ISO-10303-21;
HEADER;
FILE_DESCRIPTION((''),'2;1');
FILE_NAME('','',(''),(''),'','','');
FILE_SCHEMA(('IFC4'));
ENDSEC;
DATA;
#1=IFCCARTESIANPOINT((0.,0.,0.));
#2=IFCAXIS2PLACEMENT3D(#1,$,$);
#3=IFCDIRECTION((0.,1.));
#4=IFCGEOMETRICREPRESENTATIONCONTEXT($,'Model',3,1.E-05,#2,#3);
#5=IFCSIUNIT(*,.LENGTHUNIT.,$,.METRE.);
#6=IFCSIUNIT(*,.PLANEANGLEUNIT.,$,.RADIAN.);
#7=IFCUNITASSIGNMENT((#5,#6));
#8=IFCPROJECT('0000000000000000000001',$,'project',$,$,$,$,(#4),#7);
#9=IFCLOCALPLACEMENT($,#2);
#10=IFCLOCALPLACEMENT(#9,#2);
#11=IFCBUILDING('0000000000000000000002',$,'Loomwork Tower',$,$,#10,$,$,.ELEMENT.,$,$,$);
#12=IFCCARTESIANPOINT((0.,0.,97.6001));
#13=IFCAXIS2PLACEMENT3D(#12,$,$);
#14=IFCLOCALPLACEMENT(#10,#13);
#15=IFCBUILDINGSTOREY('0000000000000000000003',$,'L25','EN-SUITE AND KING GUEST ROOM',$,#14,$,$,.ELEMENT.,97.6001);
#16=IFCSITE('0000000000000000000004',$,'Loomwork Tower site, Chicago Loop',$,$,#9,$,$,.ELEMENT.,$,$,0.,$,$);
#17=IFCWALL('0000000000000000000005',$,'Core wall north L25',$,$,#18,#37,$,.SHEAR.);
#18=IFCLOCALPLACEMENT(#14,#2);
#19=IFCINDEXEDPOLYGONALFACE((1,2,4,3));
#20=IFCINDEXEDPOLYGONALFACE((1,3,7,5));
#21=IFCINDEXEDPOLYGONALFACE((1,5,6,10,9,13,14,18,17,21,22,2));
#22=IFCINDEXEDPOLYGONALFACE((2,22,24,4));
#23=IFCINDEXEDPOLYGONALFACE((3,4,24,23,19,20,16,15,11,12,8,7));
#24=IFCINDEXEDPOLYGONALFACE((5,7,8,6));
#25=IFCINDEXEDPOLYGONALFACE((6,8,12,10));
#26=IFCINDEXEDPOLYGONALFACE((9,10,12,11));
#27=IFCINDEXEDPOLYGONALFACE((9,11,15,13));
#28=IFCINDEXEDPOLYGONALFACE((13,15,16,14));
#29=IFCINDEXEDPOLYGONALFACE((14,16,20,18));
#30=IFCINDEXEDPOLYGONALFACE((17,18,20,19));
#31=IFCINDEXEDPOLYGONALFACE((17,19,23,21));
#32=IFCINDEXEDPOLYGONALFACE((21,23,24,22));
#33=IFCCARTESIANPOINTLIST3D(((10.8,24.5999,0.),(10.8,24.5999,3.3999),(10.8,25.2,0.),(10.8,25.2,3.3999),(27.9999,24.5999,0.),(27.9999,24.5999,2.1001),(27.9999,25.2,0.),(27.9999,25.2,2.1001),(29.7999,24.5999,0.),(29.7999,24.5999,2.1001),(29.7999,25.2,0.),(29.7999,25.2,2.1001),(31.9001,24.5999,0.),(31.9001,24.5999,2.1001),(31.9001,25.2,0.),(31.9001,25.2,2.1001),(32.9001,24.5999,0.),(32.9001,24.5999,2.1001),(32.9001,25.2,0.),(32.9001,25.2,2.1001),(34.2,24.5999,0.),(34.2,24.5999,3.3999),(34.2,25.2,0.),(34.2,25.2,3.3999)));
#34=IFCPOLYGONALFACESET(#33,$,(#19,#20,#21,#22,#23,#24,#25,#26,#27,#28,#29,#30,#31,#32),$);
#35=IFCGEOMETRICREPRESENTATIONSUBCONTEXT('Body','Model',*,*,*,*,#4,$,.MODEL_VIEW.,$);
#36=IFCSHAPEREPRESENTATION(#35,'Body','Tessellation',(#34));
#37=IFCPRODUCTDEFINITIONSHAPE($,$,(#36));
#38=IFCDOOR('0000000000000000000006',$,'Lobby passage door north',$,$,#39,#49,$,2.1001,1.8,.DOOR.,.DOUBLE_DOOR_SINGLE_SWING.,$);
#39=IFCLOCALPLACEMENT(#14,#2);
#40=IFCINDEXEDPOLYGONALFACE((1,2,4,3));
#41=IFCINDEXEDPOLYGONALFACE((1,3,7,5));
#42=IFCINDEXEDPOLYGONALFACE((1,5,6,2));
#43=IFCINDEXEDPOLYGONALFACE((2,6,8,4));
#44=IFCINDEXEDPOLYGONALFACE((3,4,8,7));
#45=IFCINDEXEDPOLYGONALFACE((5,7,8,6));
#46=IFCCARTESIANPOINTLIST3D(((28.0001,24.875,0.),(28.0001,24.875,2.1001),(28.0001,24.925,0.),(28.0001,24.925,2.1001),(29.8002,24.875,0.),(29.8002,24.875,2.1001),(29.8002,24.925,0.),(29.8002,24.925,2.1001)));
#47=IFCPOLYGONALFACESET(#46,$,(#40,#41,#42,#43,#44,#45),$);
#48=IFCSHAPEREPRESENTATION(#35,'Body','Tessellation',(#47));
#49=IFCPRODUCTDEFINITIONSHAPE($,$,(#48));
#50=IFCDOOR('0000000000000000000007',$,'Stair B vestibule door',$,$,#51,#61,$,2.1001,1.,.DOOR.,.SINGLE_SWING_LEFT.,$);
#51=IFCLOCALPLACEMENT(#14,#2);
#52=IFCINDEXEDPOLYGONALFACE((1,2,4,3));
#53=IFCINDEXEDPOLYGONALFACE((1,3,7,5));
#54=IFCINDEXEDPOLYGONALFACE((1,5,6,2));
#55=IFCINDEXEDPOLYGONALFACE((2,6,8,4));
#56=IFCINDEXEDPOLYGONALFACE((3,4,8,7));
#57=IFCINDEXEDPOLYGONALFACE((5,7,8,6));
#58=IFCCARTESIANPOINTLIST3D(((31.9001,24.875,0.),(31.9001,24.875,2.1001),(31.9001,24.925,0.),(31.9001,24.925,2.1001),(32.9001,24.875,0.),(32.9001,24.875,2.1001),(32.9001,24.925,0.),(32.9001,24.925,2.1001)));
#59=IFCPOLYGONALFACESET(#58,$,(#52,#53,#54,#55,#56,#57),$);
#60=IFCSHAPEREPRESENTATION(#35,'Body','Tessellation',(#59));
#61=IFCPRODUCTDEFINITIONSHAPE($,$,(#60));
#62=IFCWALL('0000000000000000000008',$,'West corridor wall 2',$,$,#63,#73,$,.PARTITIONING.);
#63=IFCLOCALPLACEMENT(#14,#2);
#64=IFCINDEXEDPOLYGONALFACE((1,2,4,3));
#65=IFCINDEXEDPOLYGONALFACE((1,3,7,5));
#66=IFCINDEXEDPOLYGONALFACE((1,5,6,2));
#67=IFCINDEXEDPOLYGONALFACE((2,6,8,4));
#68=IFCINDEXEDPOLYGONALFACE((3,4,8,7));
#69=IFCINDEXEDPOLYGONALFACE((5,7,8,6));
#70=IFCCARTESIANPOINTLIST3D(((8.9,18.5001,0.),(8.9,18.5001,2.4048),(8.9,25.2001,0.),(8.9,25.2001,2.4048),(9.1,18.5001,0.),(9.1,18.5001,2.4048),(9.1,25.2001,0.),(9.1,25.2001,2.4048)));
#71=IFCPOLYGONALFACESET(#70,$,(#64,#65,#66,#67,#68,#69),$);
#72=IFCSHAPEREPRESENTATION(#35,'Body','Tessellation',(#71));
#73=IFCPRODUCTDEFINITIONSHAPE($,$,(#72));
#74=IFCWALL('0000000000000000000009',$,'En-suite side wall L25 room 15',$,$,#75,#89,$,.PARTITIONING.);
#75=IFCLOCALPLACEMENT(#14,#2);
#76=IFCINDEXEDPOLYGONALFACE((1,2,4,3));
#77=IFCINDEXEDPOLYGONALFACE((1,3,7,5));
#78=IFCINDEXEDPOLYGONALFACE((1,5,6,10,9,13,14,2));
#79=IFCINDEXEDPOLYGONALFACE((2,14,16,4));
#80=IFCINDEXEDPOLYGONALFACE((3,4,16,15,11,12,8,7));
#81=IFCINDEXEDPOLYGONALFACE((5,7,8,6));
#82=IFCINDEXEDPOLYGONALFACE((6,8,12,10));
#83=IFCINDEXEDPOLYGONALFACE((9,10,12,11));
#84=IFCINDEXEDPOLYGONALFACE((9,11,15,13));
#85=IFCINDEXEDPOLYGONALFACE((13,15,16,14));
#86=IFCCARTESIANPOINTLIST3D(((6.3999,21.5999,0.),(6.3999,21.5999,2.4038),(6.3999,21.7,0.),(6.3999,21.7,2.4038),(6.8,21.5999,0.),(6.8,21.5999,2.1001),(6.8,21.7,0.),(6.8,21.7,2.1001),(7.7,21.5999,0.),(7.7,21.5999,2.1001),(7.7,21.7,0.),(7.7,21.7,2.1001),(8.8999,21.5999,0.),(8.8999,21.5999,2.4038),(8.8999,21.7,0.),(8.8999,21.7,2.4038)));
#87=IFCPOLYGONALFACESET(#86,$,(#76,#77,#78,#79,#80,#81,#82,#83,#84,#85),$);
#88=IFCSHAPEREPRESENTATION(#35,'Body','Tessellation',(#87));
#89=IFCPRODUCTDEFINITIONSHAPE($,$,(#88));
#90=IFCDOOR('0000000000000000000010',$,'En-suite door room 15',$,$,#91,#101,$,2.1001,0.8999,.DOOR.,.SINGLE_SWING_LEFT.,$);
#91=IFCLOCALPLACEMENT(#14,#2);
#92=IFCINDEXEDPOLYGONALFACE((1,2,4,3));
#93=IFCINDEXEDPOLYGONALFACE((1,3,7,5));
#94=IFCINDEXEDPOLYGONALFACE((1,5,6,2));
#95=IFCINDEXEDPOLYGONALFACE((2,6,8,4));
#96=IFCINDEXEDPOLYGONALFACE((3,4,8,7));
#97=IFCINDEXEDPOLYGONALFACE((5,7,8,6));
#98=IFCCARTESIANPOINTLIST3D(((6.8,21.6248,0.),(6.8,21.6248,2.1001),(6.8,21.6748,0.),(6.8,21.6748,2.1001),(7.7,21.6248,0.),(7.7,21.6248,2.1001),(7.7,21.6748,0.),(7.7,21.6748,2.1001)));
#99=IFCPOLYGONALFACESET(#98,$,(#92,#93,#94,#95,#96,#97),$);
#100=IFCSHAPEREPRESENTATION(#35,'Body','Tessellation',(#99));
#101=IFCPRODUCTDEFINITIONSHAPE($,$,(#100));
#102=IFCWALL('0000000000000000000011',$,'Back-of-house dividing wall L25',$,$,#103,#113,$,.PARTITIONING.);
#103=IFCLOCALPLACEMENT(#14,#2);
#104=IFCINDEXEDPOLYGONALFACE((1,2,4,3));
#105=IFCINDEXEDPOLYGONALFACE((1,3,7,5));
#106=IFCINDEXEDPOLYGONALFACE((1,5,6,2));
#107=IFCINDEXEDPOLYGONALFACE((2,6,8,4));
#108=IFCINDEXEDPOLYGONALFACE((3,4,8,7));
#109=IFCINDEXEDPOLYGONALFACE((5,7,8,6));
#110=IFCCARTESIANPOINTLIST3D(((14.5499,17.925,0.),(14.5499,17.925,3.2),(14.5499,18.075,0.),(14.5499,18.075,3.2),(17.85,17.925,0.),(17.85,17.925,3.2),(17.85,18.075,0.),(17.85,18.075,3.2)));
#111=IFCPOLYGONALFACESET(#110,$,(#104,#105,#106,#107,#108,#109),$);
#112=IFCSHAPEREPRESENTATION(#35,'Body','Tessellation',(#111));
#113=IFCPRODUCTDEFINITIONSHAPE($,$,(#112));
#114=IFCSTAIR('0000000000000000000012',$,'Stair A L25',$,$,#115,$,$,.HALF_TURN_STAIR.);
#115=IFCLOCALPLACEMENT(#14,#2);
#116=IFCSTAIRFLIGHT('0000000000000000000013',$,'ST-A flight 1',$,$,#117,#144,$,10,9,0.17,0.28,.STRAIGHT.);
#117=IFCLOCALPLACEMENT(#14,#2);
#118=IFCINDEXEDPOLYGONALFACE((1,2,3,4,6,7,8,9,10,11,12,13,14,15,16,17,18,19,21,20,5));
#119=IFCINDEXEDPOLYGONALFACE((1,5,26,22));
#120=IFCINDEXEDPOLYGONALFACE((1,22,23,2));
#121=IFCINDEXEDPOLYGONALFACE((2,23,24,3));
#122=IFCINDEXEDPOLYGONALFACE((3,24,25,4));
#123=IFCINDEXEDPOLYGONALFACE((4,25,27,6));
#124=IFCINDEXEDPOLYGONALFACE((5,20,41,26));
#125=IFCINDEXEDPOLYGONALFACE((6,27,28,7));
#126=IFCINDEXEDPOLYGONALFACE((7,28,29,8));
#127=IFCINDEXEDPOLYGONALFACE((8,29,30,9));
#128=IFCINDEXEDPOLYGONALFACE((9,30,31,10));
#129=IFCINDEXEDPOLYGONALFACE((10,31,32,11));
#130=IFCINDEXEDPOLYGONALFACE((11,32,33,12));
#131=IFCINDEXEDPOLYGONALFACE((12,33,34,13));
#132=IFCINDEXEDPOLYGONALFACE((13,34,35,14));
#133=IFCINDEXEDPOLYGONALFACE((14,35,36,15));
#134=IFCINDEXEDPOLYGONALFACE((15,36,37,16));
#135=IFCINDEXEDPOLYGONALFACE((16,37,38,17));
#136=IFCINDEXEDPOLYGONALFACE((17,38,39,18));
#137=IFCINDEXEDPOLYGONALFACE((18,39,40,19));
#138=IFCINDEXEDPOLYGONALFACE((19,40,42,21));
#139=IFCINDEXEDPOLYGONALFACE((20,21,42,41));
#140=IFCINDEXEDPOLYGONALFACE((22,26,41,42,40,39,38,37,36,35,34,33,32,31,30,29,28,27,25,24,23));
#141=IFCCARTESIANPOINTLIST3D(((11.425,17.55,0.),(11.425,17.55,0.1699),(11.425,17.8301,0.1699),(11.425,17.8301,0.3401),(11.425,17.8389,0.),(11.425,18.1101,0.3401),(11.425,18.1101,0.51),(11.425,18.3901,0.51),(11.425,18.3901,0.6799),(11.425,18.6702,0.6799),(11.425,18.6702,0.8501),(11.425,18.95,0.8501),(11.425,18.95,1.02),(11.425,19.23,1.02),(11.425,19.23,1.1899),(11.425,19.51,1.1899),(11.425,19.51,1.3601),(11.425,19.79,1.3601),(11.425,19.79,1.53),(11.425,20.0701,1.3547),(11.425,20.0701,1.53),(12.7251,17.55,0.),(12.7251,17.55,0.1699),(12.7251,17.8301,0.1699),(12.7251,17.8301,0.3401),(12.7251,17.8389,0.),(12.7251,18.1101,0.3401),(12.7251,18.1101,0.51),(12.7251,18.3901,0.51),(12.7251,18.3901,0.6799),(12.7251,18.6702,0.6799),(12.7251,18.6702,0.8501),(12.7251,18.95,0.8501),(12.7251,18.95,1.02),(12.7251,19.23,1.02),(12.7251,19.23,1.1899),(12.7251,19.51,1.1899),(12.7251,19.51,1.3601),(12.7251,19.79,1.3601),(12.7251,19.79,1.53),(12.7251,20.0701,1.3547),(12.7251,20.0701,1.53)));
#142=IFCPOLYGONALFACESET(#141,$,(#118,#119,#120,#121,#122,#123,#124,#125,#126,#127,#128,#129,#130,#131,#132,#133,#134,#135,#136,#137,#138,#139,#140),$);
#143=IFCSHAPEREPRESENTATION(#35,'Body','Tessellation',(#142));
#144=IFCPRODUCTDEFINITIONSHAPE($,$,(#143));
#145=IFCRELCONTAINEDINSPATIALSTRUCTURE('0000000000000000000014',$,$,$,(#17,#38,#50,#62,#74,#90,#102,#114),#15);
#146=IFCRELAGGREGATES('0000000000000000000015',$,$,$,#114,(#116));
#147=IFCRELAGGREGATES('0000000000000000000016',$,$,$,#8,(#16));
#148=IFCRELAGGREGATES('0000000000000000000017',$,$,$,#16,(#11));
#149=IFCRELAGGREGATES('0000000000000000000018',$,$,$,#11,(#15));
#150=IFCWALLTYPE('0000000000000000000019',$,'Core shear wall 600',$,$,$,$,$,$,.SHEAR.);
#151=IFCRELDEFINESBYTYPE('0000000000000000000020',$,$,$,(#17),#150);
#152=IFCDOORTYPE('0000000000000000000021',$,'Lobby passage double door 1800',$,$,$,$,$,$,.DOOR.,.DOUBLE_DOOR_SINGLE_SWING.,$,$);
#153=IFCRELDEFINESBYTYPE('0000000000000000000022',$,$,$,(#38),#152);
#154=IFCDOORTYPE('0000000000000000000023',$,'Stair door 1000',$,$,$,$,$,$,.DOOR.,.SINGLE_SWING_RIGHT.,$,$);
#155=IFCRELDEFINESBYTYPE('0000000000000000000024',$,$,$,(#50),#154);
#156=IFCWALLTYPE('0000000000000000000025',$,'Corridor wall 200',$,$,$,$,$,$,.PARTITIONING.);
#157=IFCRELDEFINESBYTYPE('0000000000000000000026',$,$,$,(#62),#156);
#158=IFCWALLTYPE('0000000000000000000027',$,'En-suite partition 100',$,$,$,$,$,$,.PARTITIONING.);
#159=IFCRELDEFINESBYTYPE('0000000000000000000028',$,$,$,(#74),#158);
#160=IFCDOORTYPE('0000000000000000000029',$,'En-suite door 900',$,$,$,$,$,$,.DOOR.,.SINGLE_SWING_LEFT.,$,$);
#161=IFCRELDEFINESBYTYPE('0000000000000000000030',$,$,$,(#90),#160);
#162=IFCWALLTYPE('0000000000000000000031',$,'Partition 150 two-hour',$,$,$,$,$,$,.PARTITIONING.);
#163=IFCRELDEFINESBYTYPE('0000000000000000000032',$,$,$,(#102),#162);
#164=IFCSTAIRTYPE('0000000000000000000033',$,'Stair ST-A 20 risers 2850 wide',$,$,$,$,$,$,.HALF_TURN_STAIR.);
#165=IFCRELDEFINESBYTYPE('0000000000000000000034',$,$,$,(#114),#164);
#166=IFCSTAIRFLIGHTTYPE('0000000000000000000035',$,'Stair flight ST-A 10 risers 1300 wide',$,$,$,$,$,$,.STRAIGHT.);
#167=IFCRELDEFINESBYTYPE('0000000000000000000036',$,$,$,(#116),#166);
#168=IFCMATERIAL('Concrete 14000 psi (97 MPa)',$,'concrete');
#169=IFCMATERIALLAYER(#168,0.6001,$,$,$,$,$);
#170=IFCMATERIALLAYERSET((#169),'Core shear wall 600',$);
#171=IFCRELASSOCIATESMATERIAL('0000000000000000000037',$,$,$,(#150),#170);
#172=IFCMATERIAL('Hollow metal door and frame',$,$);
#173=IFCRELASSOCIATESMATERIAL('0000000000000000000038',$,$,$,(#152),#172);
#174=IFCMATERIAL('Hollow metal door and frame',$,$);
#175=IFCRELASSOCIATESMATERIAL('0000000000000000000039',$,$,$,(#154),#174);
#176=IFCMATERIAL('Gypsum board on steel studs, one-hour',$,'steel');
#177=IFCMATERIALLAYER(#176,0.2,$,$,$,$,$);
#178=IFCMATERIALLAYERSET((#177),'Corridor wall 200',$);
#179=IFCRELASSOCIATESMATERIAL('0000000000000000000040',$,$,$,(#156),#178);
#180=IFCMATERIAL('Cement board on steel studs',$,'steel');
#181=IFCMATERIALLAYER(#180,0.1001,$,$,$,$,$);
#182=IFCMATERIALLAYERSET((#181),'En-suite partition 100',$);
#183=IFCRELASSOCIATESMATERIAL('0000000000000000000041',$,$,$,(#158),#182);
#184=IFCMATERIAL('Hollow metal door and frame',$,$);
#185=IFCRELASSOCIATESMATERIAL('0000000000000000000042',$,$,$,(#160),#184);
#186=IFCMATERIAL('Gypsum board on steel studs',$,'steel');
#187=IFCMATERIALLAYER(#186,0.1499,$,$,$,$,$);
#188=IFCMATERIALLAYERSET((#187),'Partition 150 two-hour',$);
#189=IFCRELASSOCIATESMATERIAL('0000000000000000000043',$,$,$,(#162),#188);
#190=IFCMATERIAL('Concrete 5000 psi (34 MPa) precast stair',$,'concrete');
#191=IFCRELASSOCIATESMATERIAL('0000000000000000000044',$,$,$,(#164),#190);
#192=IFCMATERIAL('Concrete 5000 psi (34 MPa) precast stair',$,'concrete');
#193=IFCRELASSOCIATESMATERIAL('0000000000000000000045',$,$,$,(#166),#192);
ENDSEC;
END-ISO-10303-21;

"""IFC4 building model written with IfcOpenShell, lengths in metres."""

from ifc_helpers import new_model, si_unit, direction, frame, frame_2d, origin, place, context, subcontext, project, spatial, polyline, rectangle, outline, extrude, material, layer, layer_set, type_object, element, fill, aggregate, save


model = new_model("IFC4")

# Units and contexts
model_context = context("Model", 3, precision=1e-05, world=origin(), true_north=direction((0.0, 1.0)))
body_context = subcontext(model_context, "Body", "Model", "MODEL_VIEW")
ifc_project = project(units=[si_unit("LENGTHUNIT", "METRE"), si_unit("PLANEANGLEUNIT", "RADIAN")], contexts=[model_context])

# Site, building, storey
site_placement = place(None, origin())
site = spatial("IfcSite", under=ifc_project, at=site_placement, Name="Loomwork Tower site, Chicago Loop", CompositionType="ELEMENT", RefElevation=0.0)
building_placement = place(site_placement, origin())
building = spatial("IfcBuilding", under=site, at=building_placement, Name="Loomwork Tower", CompositionType="ELEMENT")
storey_placement = place(building_placement, frame((0.0, 0.0, 97.6001)))
storey = spatial("IfcBuildingStorey", under=building, at=storey_placement, Name="L25", Description="EN-SUITE AND KING GUEST ROOM", CompositionType="ELEMENT", Elevation=97.6001)

# Wall, openings, doors
ifc_material_1 = material(Name="Concrete 14000 psi (97 MPa)", Category="concrete")
ifc_layer_1 = layer(ifc_material_1, 0.6001)
ifc_layer_set_1 = layer_set([ifc_layer_1], Name="Core shear wall 600")
wall_type_1 = type_object("IfcWallType", Name="Core shear wall 600", PredefinedType="SHEAR", material=ifc_layer_set_1)
wall_1_placement = place(storey_placement, frame((10.8, 24.8999, 0.0), z_axis=(0.0, 0.0, 1.0), x_axis=(1.0, 0.0, 0.0)))
wall_1 = element("IfcWall", 1, at=wall_1_placement, inside=storey, type_object=wall_type_1, Name="Core wall north L25", PredefinedType="SHEAR", context=body_context, shape_type="SweptSolid", body=[
    extrude(rectangle(XDim=23.3999, YDim=0.6001, at=frame_2d((11.7, 0.0))), origin(), (0.0, 0.0, 1.0), 3.3999),
])
opening_1_placement = place(wall_1_placement, frame((17.2, 0.0, 0.0)))
opening_1 = element("IfcOpeningElement", 2, at=opening_1_placement, cuts=wall_1, PredefinedType="OPENING", context=body_context, shape_type="SweptSolid", body=[
    extrude(rectangle(XDim=1.8, YDim=2.1001, at=frame_2d((0.8999, 1.05))), frame((0.0, 0.3101, 0.0), z_axis=(0.0, -1.0, 0.0), x_axis=(1.0, 0.0, 0.0)), (0.0, 0.0, 1.0), 0.6201),
])
opening_2_placement = place(wall_1_placement, frame((21.1001, 0.0, 0.0)))
opening_2 = element("IfcOpeningElement", 3, at=opening_2_placement, cuts=wall_1, PredefinedType="OPENING", context=body_context, shape_type="SweptSolid", body=[
    extrude(rectangle(XDim=1.0, YDim=2.1001, at=frame_2d((0.5, 1.05))), frame((0.0, 0.3101, 0.0), z_axis=(0.0, -1.0, 0.0), x_axis=(1.0, 0.0, 0.0)), (0.0, 0.0, 1.0), 0.6201),
])
ifc_material_2 = material(Name="Hollow metal door and frame")
door_type_1 = type_object("IfcDoorType", Name="Lobby passage double door 1800", OperationType="DOUBLE_DOOR_SINGLE_SWING", PredefinedType="DOOR", material=ifc_material_2)
door_1_placement = place(opening_1_placement, frame((1.8, 0.0, 0.0), z_axis=(0.0, 0.0, 1.0), x_axis=(-1.0, 0.0, 0.0)))
door_1 = element("IfcDoor", 4, at=door_1_placement, inside=storey, type_object=door_type_1, Name="Lobby passage door north", OperationType="DOUBLE_DOOR_SINGLE_SWING", OverallHeight=2.1001, OverallWidth=1.8, PredefinedType="DOOR", context=body_context, shape_type="SweptSolid", body=[
    extrude(rectangle(XDim=1.8, YDim=2.1001, at=frame_2d((0.8999, 1.05))), frame((0.0, 0.0249, 0.0), z_axis=(0.0, -1.0, 0.0), x_axis=(1.0, 0.0, 0.0)), (0.0, 0.0, 1.0), 0.05),
])
fill(opening_1, door_1)
ifc_material_3 = material(Name="Hollow metal door and frame")
door_type_2 = type_object("IfcDoorType", Name="Stair door 1000", OperationType="SINGLE_SWING_RIGHT", PredefinedType="DOOR", material=ifc_material_3)
door_2_placement = place(opening_2_placement, frame((1.0, 0.0, 0.0), z_axis=(0.0, 0.0, 1.0), x_axis=(-1.0, 0.0, 0.0)))
door_2 = element("IfcDoor", 5, at=door_2_placement, inside=storey, type_object=door_type_2, Name="Stair B vestibule door", OperationType="SINGLE_SWING_LEFT", OverallHeight=2.1001, OverallWidth=1.0, PredefinedType="DOOR", context=body_context, shape_type="SweptSolid", body=[
    extrude(rectangle(XDim=1.0, YDim=2.1001, at=frame_2d((0.5, 1.05))), frame((0.0, 0.0249, 0.0), z_axis=(0.0, -1.0, 0.0), x_axis=(1.0, 0.0, 0.0)), (0.0, 0.0, 1.0), 0.05),
])
fill(opening_2, door_2)

# Wall
ifc_material_4 = material(Name="Gypsum board on steel studs, one-hour", Category="steel")
ifc_layer_2 = layer(ifc_material_4, 0.2)
ifc_layer_set_2 = layer_set([ifc_layer_2], Name="Corridor wall 200")
wall_type_2 = type_object("IfcWallType", Name="Corridor wall 200", PredefinedType="PARTITIONING", material=ifc_layer_set_2)
wall_2_placement = place(storey_placement, frame((9.0, 18.5, 0.0), z_axis=(0.0, 0.0, 1.0), x_axis=(0.0, 1.0, 0.0)))
element("IfcWall", 6, at=wall_2_placement, inside=storey, type_object=wall_type_2, Name="West corridor wall 2", PredefinedType="PARTITIONING", context=body_context, shape_type="SweptSolid", body=[
    extrude(rectangle(XDim=6.7, YDim=0.2, at=frame_2d((3.3501, 0.0))), origin(), (0.0, 0.0, 1.0), 2.4048),
])

# Wall, opening, door
ifc_material_5 = material(Name="Cement board on steel studs", Category="steel")
ifc_layer_3 = layer(ifc_material_5, 0.1001)
ifc_layer_set_3 = layer_set([ifc_layer_3], Name="En-suite partition 100")
wall_type_3 = type_object("IfcWallType", Name="En-suite partition 100", PredefinedType="PARTITIONING", material=ifc_layer_set_3)
wall_3_placement = place(storey_placement, frame((8.8999, 21.6499, 0.0), z_axis=(0.0, 0.0, 1.0), x_axis=(-1.0, 0.0, 0.0)))
wall_3 = element("IfcWall", 7, at=wall_3_placement, inside=storey, type_object=wall_type_3, Name="En-suite side wall L25 room 15", PredefinedType="PARTITIONING", context=body_context, shape_type="SweptSolid", body=[
    extrude(rectangle(XDim=2.5, YDim=0.1001, at=frame_2d((1.25, 0.0))), origin(), (0.0, 0.0, 1.0), 2.4038),
])
opening_3_placement = place(wall_3_placement, frame((1.2, 0.0, 0.0)))
opening_3 = element("IfcOpeningElement", 8, at=opening_3_placement, cuts=wall_3, PredefinedType="OPENING", context=body_context, shape_type="SweptSolid", body=[
    extrude(rectangle(XDim=0.8999, YDim=2.1001, at=frame_2d((0.45, 1.05))), frame((0.0, 0.0601, 0.0), z_axis=(0.0, -1.0, 0.0), x_axis=(1.0, 0.0, 0.0)), (0.0, 0.0, 1.0), 0.1201),
])
ifc_material_6 = material(Name="Hollow metal door and frame")
door_type_3 = type_object("IfcDoorType", Name="En-suite door 900", OperationType="SINGLE_SWING_LEFT", PredefinedType="DOOR", material=ifc_material_6)
door_3_placement = place(opening_3_placement, frame((0.8999, 0.0, 0.0), z_axis=(0.0, 0.0, 1.0), x_axis=(-1.0, 0.0, 0.0)))
door_3 = element("IfcDoor", 9, at=door_3_placement, inside=storey, type_object=door_type_3, Name="En-suite door room 15", OperationType="SINGLE_SWING_LEFT", OverallHeight=2.1001, OverallWidth=0.8999, PredefinedType="DOOR", context=body_context, shape_type="SweptSolid", body=[
    extrude(rectangle(XDim=0.8999, YDim=2.1001, at=frame_2d((0.45, 1.05))), frame((0.0, 0.0249, 0.0), z_axis=(0.0, -1.0, 0.0), x_axis=(1.0, 0.0, 0.0)), (0.0, 0.0, 1.0), 0.05),
])
fill(opening_3, door_3)

# Wall
ifc_material_7 = material(Name="Gypsum board on steel studs", Category="steel")
ifc_layer_4 = layer(ifc_material_7, 0.1499)
ifc_layer_set_4 = layer_set([ifc_layer_4], Name="Partition 150 two-hour")
wall_type_4 = type_object("IfcWallType", Name="Partition 150 two-hour", PredefinedType="PARTITIONING", material=ifc_layer_set_4)
wall_4_placement = place(storey_placement, frame((14.55, 18.0, 0.0), z_axis=(0.0, 0.0, 1.0), x_axis=(1.0, 0.0, 0.0)))
element("IfcWall", 10, at=wall_4_placement, inside=storey, type_object=wall_type_4, Name="Back-of-house dividing wall L25", PredefinedType="PARTITIONING", context=body_context, shape_type="SweptSolid", body=[
    extrude(rectangle(XDim=3.3, YDim=0.1499, at=frame_2d((1.6499, 0.0))), origin(), (0.0, 0.0, 1.0), 3.2),
])

# Stair, stair flight
ifc_material_8 = material(Name="Concrete 5000 psi (34 MPa) precast stair", Category="concrete")
stair_type = type_object("IfcStairType", Name="Stair ST-A 20 risers 2850 wide", PredefinedType="HALF_TURN_STAIR", material=ifc_material_8)
stair_placement = place(storey_placement, origin())
stair = element("IfcStair", 11, at=stair_placement, inside=storey, type_object=stair_type, Name="Stair A L25", PredefinedType="HALF_TURN_STAIR")
ifc_material_9 = material(Name="Concrete 5000 psi (34 MPa) precast stair", Category="concrete")
stair_flight_type = type_object("IfcStairFlightType", Name="Stair flight ST-A 10 risers 1300 wide", PredefinedType="STRAIGHT", material=ifc_material_9)
stair_flight_1_placement = place(storey_placement, frame((12.075, 17.55, 0.0), z_axis=(0.0, 0.0, 1.0), x_axis=(0.0, 1.0, 0.0)))
stair_flight_1 = element("IfcStairFlight", 12, at=stair_flight_1_placement, type_object=stair_flight_type, Name="ST-A flight 1", NumberOfRisers=10, NumberOfTreads=9, PredefinedType="STRAIGHT", RiserHeight=0.17, TreadLength=0.28, context=body_context, shape_type="SweptSolid", body=[
    extrude(outline(polyline([(0.0, 0.0), (0.0, 0.1699), (0.28, 0.1699), (0.28, 0.3401), (0.5601, 0.3401), (0.5601, 0.51), (0.8401, 0.51), (0.8401, 0.6799), (1.1201, 0.6799), (1.1201, 0.8501), (1.3999, 0.8501), (1.3999, 1.02), (1.6799, 1.02), (1.6799, 1.1899), (1.96, 1.1899), (1.96, 1.3601), (2.24, 1.3601), (2.24, 1.53), (2.52, 1.53), (2.52, 1.7), (2.52, 1.3547), (0.2888, 0.0), (0.0, 0.0)])), frame((0.0, 0.6499, 0.0), z_axis=(0.0, -1.0, 0.0), x_axis=(1.0, 0.0, 0.0)), (0.0, 0.0, 1.0), 1.3),
])
aggregate(stair, [stair_flight_1])

save(model, "model.ifc")
